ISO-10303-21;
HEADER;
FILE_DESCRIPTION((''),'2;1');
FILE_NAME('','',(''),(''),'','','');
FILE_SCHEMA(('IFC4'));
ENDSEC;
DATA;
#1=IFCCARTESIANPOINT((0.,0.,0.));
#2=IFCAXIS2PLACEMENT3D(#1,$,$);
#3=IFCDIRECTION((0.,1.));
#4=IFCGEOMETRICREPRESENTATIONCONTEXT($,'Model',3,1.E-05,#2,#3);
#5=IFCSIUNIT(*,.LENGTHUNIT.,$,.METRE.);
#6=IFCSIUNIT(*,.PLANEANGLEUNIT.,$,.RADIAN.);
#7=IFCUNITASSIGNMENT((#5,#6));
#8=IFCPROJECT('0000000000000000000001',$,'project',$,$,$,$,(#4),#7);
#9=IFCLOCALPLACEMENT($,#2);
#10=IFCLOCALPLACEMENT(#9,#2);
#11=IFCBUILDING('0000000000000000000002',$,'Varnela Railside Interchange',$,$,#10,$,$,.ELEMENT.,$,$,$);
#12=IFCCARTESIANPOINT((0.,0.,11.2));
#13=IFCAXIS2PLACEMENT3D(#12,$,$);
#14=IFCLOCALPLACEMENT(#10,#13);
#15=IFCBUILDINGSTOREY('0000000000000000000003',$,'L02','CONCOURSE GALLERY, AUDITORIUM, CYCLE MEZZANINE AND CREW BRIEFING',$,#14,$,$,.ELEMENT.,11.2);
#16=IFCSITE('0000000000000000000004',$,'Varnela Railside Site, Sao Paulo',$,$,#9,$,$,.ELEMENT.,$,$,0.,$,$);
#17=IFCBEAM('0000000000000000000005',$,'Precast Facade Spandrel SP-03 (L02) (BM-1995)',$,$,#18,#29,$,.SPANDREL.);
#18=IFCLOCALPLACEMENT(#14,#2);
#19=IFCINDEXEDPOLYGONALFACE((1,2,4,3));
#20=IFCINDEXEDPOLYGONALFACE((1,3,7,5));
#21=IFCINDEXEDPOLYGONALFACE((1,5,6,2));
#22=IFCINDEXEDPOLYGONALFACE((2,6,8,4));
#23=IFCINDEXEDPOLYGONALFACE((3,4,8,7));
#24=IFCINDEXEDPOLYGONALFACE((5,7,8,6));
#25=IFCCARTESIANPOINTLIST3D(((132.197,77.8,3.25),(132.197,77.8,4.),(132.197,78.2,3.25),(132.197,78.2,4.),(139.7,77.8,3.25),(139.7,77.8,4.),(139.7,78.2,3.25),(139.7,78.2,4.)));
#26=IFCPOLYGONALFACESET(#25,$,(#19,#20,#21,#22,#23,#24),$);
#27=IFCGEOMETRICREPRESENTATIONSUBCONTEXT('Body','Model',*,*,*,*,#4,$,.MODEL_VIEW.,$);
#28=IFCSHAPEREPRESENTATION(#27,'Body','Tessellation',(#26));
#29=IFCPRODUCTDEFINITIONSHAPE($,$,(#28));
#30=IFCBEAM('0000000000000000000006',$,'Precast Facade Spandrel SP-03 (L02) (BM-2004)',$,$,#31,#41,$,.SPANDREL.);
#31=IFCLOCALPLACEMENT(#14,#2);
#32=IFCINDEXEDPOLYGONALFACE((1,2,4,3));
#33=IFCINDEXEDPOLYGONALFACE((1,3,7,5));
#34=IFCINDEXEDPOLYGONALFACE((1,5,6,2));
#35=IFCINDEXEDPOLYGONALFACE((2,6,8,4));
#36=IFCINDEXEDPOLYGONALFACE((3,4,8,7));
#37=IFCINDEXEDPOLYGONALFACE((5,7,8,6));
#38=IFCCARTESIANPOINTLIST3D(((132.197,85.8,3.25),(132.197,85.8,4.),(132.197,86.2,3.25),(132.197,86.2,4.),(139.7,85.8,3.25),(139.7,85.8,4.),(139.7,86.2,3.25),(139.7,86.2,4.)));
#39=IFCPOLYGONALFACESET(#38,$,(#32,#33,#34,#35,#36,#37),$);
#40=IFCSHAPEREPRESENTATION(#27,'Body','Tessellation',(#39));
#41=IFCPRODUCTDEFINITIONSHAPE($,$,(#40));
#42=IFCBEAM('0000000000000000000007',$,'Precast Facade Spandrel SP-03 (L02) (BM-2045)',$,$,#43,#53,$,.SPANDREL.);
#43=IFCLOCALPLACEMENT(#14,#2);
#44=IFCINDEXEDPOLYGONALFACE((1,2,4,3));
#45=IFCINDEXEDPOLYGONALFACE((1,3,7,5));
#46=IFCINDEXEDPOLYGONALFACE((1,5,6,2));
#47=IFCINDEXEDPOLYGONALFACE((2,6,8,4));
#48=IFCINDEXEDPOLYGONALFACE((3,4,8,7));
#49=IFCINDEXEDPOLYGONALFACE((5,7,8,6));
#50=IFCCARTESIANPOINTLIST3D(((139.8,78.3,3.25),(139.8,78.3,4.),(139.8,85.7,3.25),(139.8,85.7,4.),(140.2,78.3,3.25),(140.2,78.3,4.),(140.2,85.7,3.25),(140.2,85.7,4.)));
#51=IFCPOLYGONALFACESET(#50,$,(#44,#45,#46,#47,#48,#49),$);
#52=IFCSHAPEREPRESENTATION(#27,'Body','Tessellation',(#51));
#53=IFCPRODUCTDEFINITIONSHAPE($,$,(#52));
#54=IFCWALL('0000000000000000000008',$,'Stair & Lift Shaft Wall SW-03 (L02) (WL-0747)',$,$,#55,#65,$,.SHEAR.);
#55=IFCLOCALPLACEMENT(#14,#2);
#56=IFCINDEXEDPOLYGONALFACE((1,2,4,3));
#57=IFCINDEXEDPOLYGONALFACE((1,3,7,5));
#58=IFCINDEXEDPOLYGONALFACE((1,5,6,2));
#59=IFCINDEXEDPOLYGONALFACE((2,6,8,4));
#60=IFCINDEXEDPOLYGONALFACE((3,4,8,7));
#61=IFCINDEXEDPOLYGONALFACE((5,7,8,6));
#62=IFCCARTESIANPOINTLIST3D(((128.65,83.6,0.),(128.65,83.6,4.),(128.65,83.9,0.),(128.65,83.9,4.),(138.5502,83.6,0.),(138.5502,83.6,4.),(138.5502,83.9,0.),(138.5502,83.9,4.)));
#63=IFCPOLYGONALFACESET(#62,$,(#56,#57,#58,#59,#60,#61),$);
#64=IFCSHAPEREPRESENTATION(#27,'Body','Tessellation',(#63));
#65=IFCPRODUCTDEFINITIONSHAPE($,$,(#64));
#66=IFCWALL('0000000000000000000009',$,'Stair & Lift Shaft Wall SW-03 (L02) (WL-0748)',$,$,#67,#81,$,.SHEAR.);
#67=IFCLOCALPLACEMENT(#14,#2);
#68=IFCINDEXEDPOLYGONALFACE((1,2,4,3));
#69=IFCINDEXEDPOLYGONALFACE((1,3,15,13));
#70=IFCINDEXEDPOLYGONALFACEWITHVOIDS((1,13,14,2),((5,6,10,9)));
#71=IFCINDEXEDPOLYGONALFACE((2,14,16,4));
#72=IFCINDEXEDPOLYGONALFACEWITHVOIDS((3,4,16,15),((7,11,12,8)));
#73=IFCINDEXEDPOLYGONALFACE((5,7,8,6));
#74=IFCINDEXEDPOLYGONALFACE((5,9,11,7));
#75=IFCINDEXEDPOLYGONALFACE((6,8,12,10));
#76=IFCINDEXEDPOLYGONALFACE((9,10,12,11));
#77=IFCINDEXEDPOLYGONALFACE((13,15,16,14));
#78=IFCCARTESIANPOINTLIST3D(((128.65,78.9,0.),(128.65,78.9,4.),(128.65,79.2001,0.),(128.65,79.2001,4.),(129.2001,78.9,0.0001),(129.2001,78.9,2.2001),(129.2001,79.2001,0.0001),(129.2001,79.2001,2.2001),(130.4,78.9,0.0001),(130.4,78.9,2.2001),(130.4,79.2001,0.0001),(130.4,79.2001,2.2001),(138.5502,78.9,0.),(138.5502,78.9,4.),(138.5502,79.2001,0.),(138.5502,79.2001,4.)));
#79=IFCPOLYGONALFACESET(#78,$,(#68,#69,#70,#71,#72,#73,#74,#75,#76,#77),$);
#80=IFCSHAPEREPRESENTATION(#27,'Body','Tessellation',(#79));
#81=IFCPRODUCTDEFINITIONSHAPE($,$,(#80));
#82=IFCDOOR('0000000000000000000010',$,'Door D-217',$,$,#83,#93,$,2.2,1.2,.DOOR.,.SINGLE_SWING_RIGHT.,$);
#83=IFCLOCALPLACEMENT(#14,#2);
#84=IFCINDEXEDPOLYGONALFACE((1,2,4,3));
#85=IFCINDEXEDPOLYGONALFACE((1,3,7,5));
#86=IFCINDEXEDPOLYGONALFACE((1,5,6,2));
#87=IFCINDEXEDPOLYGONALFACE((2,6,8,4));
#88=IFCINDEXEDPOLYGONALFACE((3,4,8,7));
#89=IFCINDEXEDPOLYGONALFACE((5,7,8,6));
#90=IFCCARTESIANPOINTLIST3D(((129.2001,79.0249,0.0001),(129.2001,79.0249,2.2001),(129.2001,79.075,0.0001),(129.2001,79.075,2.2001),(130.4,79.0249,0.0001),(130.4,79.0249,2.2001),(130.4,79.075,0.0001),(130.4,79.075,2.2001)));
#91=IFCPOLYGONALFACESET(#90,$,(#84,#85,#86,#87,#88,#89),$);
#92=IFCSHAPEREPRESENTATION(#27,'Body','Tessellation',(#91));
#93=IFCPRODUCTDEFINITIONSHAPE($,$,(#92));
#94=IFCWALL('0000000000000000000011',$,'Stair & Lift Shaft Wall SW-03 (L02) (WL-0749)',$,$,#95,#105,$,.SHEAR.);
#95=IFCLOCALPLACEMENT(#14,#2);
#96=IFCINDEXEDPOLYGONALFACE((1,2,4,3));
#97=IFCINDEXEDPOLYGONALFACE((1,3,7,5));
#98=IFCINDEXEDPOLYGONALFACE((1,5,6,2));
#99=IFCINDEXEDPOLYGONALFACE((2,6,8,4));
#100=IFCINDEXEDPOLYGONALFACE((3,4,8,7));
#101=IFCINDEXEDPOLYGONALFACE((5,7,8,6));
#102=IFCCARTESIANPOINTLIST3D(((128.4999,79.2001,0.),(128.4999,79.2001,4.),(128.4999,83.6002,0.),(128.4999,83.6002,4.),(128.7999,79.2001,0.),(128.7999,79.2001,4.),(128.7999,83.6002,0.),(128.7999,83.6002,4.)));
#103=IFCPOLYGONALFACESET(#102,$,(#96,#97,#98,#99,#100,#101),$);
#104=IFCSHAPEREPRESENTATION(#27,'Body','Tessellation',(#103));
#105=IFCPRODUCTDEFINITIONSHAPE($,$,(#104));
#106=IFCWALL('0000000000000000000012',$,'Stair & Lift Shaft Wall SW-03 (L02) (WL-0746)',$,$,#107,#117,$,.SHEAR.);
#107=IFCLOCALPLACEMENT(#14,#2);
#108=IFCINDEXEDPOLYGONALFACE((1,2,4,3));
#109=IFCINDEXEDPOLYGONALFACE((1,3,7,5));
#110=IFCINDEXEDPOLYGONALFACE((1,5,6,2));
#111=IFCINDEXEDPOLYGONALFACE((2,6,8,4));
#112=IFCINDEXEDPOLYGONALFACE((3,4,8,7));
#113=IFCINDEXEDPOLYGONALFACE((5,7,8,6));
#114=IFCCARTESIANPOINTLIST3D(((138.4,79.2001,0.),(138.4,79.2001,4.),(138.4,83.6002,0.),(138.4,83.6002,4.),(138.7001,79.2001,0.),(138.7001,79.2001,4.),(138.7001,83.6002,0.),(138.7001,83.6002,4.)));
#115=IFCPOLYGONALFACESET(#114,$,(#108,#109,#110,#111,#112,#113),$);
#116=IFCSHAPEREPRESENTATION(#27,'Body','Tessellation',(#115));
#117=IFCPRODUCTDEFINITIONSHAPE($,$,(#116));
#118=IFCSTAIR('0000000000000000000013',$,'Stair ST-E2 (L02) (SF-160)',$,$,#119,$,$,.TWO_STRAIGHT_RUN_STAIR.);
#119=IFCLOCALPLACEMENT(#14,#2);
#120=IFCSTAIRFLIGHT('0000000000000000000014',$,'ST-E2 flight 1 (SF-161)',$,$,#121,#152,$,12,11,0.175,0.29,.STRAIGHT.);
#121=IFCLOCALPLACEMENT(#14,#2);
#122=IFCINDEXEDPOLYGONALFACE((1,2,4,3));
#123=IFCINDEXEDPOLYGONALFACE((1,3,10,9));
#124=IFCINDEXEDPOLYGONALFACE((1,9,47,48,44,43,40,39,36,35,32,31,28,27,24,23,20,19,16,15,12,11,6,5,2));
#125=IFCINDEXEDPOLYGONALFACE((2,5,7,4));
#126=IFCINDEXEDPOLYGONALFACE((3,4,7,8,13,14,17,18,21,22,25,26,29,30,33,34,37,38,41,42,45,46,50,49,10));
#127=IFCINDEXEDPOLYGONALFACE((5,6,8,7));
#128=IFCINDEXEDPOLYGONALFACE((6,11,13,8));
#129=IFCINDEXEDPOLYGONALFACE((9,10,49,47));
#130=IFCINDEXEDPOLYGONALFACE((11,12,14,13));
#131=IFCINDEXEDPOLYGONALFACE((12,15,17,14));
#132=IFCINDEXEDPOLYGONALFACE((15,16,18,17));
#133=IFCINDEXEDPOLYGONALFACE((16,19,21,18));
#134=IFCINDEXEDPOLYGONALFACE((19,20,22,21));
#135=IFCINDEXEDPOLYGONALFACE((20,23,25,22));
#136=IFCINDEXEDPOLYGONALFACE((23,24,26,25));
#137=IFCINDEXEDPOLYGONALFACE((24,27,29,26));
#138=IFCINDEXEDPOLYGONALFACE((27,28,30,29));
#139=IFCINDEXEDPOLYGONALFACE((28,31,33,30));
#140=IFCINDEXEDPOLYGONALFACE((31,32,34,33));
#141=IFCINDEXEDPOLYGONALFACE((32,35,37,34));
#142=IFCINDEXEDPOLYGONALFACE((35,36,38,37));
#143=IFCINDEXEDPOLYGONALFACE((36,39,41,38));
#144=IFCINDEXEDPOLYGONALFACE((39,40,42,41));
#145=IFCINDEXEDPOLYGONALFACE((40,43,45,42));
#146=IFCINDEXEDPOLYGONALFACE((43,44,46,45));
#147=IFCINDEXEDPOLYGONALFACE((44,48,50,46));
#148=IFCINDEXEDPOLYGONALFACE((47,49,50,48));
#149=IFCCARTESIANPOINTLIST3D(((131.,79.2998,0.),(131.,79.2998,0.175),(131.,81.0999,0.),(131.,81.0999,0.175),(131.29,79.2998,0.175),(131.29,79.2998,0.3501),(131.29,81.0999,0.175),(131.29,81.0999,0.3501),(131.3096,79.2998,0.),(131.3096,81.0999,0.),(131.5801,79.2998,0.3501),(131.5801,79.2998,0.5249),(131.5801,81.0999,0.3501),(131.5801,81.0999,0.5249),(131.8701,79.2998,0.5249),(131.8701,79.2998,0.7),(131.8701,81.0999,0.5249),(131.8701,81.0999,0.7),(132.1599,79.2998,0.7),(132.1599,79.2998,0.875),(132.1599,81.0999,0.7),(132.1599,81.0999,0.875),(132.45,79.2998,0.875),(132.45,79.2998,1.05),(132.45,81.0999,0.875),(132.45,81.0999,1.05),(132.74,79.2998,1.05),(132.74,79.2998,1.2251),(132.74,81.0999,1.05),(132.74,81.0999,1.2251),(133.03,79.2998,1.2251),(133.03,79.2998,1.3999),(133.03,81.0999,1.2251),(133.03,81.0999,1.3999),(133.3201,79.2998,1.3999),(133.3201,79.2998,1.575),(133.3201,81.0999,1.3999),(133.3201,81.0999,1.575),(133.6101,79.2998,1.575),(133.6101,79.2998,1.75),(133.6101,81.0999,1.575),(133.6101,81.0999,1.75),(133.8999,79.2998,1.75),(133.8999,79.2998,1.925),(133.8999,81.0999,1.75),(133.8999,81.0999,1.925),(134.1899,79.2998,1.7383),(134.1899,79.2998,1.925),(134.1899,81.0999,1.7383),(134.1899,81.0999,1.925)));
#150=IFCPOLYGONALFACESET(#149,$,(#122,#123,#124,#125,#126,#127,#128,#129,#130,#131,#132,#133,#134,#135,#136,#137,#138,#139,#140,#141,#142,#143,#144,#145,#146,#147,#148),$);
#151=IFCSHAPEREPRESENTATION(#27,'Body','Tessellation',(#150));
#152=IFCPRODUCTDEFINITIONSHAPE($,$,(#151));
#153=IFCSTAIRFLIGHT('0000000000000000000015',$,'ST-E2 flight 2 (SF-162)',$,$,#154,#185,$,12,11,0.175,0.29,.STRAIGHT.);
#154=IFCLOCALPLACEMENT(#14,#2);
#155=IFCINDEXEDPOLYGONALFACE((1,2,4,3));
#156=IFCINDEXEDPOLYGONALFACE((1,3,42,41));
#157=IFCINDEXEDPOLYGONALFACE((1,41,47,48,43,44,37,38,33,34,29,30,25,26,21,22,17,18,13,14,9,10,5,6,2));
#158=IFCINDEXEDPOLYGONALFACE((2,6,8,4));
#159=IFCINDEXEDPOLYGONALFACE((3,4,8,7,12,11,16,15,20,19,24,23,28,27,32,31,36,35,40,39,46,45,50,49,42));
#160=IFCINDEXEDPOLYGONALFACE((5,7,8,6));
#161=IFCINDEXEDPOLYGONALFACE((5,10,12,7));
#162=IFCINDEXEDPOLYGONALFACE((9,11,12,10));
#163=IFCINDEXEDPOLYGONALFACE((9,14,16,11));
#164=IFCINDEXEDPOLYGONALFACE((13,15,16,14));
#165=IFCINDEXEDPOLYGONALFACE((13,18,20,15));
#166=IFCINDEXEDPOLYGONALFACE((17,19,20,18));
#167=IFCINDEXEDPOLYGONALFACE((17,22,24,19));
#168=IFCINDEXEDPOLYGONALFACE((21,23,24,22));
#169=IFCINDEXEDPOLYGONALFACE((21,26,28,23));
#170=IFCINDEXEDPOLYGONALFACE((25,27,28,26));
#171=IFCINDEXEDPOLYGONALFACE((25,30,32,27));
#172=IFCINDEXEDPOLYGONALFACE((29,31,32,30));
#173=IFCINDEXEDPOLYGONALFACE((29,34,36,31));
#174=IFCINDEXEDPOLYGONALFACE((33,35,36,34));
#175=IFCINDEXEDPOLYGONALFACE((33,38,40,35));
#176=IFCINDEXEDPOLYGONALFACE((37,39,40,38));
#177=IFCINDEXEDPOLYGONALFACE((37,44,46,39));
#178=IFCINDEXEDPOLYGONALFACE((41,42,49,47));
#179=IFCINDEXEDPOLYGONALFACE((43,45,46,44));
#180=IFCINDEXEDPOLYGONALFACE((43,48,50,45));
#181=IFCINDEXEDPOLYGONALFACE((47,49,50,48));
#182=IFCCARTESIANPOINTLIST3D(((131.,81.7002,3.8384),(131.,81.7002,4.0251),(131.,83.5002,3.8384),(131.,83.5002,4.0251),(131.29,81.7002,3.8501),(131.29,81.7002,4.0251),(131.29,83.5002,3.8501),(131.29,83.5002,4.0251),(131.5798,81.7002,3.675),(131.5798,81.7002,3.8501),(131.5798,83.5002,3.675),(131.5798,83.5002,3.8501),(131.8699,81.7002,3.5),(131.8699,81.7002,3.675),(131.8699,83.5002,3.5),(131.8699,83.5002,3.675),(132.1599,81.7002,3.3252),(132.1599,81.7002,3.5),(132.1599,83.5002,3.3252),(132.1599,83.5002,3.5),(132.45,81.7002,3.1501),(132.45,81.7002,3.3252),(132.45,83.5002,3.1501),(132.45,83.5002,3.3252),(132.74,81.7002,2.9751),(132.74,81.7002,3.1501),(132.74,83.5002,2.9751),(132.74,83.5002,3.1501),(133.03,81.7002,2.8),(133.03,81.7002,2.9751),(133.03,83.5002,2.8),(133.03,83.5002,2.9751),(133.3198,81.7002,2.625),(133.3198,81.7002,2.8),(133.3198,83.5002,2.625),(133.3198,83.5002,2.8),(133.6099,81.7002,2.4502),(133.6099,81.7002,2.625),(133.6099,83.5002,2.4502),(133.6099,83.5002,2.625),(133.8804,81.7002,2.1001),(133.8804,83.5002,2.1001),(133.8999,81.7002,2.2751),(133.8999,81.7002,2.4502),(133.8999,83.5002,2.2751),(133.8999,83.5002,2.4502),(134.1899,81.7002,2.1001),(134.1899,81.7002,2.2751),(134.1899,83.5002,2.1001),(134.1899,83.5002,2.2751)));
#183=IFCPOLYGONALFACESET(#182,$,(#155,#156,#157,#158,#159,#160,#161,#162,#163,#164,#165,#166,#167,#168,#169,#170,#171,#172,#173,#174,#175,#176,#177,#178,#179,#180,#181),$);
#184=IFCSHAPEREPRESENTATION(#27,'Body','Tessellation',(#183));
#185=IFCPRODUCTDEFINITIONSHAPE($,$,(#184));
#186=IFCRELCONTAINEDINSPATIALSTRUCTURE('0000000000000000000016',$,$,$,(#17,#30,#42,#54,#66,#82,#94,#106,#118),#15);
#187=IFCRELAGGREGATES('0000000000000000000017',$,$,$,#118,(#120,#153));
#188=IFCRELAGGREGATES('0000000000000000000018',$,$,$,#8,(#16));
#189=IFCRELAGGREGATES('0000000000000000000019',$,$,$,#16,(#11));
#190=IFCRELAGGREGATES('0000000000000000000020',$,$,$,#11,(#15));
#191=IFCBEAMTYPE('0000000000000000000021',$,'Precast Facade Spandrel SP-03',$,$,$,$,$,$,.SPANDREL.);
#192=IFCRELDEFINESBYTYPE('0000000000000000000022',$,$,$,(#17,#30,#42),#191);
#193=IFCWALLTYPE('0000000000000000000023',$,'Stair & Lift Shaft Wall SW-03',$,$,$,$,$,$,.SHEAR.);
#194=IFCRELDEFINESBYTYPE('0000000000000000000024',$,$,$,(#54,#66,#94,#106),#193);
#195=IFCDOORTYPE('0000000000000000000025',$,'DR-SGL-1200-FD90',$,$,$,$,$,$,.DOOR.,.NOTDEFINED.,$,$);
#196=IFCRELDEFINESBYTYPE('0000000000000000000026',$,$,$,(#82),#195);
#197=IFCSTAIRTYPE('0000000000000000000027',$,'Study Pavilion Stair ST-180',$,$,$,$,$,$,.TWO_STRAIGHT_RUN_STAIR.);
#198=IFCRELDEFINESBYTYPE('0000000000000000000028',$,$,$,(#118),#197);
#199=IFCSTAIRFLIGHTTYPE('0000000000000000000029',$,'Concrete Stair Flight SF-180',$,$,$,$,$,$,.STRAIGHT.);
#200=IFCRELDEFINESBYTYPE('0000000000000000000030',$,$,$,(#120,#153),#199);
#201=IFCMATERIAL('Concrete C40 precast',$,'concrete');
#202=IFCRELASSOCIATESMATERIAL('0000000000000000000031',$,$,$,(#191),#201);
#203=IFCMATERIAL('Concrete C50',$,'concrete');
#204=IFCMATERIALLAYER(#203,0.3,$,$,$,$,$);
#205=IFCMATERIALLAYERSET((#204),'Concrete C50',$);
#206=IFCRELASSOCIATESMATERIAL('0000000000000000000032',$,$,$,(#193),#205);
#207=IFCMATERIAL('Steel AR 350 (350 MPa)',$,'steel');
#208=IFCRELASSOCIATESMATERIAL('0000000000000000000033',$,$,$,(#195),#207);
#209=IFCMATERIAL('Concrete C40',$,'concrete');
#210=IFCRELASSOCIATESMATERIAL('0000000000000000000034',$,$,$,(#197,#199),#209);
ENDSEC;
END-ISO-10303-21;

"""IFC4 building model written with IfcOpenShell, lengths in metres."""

from ifc_helpers import new_model, si_unit, direction, frame, frame_2d, origin, origin_2d, place, context, subcontext, project, spatial, polyline, rectangle, outline, extrude, material, layer, layer_set, material_profile, profile_set, type_object, element, fill, aggregate, save


model = new_model("IFC4")

# Units and contexts
model_context = context("Model", 3, precision=1e-05, world=origin(), true_north=direction((0.0, 1.0)))
body_context = subcontext(model_context, "Body", "Model", "MODEL_VIEW")
ifc_project = project(units=[si_unit("LENGTHUNIT", "METRE"), si_unit("PLANEANGLEUNIT", "RADIAN")], contexts=[model_context])

# Site, building, storey
site_placement = place(None, origin())
site = spatial("IfcSite", under=ifc_project, at=site_placement, Name="Varnela Railside Site, Sao Paulo", CompositionType="ELEMENT", RefElevation=0.0)
building_placement = place(site_placement, origin())
building = spatial("IfcBuilding", under=site, at=building_placement, Name="Varnela Railside Interchange", CompositionType="ELEMENT")
storey_placement = place(building_placement, frame((0.0, 0.0, 11.2)))
storey = spatial("IfcBuildingStorey", under=building, at=storey_placement, Name="L02", Description="CONCOURSE GALLERY, AUDITORIUM, CYCLE MEZZANINE AND CREW BRIEFING", CompositionType="ELEMENT", Elevation=11.2)

# Shared definitions
ifc_material_1 = material(Name="Concrete C50", Category="concrete")
ifc_material_2 = material(Name="Steel AR 350 (350 MPa)", Category="steel")

# Beams
ifc_material_3 = material(Name="Concrete C40", Category="concrete")
ifc_material_4 = material(Name="Concrete C40 precast", Category="concrete")
ifc_material_profile_1 = material_profile(ifc_material_4, rectangle(XDim=0.3999, YDim=0.75, at=origin_2d()), Name="PC 400x750")
ifc_profile_set_1 = profile_set([ifc_material_profile_1], Name="Concrete C40 precast")
beam_type_1 = type_object("IfcBeamType", Name="Precast Facade Spandrel SP-03", PredefinedType="SPANDREL", material=ifc_profile_set_1)
for number, where, z_axis, x_axis, name in (
    (1, (132.197, 78.0, 3.625), (1.0, 0.0, 0.0), (0.0, 1.0, 0.0), "Precast Facade Spandrel SP-03 (L02) (BM-1995)"),
    (2, (132.197, 86.0, 3.625), (1.0, 0.0, 0.0), (0.0, 1.0, 0.0), "Precast Facade Spandrel SP-03 (L02) (BM-2004)"),
):
    element("IfcBeam", number, at=place(storey_placement, frame(where, z_axis=z_axis, x_axis=x_axis)), inside=storey, type_object=beam_type_1, Name=name, PredefinedType="SPANDREL", context=body_context, shape_type="SweptSolid", body=[
        extrude(rectangle(XDim=0.3999, YDim=0.75, at=origin_2d()), origin(), (0.0, 0.0, 1.0), 7.5029),
    ])
beam_1_placement = place(storey_placement, frame((140.0, 78.3, 3.625), z_axis=(0.0, 1.0, 0.0), x_axis=(-1.0, 0.0, 0.0)))
element("IfcBeam", 3, at=beam_1_placement, inside=storey, type_object=beam_type_1, Name="Precast Facade Spandrel SP-03 (L02) (BM-2045)", PredefinedType="SPANDREL", context=body_context, shape_type="SweptSolid", body=[
    extrude(rectangle(XDim=0.3999, YDim=0.75, at=origin_2d()), origin(), (0.0, 0.0, 1.0), 7.3999),
])

# Wall
ifc_layer = layer(ifc_material_1, 0.3)
ifc_layer_set = layer_set([ifc_layer], Name="Concrete C50")
wall_type = type_object("IfcWallType", Name="Stair & Lift Shaft Wall SW-03", PredefinedType="SHEAR", material=ifc_layer_set)
wall_1_placement = place(storey_placement, frame((128.6499, 83.75, 0.0), z_axis=(0.0, 0.0, 1.0), x_axis=(1.0, 0.0, 0.0)))
element("IfcWall", 4, at=wall_1_placement, inside=storey, type_object=wall_type, Name="Stair & Lift Shaft Wall SW-03 (L02) (WL-0747)", PredefinedType="SHEAR", context=body_context, shape_type="SweptSolid", body=[
    extrude(rectangle(XDim=9.9001, YDim=0.3, at=frame_2d((4.9502, 0.0))), origin(), (0.0, 0.0, 1.0), 4.0),
])

# Wall, opening, door
wall_2_placement = place(storey_placement, frame((128.6499, 79.05, 0.0), z_axis=(0.0, 0.0, 1.0), x_axis=(1.0, 0.0, 0.0)))
wall_2 = element("IfcWall", 5, at=wall_2_placement, inside=storey, type_object=wall_type, Name="Stair & Lift Shaft Wall SW-03 (L02) (WL-0748)", PredefinedType="SHEAR", context=body_context, shape_type="SweptSolid", body=[
    extrude(rectangle(XDim=9.9001, YDim=0.3, at=frame_2d((4.9502, 0.0))), origin(), (0.0, 0.0, 1.0), 4.0),
])
opening_placement = place(wall_2_placement, frame((0.55, 0.0, 0.0)))
opening = element("IfcOpeningElement", 6, at=opening_placement, cuts=wall_2, PredefinedType="OPENING", context=body_context, shape_type="SweptSolid", body=[
    extrude(rectangle(XDim=1.2, YDim=2.2, at=frame_2d((0.6001, 1.1001))), frame((0.0, 0.1599, 0.0), z_axis=(0.0, -1.0, 0.0), x_axis=(1.0, 0.0, 0.0)), (0.0, 0.0, 1.0), 0.3201),
])
door_type = type_object("IfcDoorType", Name="DR-SGL-1200-FD90", OperationType="NOTDEFINED", PredefinedType="DOOR", material=ifc_material_2)
door_placement = place(opening_placement, origin())
door = element("IfcDoor", 7, at=door_placement, inside=storey, type_object=door_type, Name="Door D-217", OperationType="SINGLE_SWING_RIGHT", OverallHeight=2.2, OverallWidth=1.2, PredefinedType="DOOR", context=body_context, shape_type="SweptSolid", body=[
    extrude(rectangle(XDim=1.2, YDim=2.2, at=frame_2d((0.6001, 1.1001))), frame((0.0, 0.0249, 0.0), z_axis=(0.0, -1.0, 0.0), x_axis=(1.0, 0.0, 0.0)), (0.0, 0.0, 1.0), 0.05),
])
fill(opening, door)

# Walls
for number, where, z_axis, x_axis, name in (
    (8, (128.6499, 79.2, 0.0), (0.0, 0.0, 1.0), (0.0, 1.0, 0.0), "Stair & Lift Shaft Wall SW-03 (L02) (WL-0749)"),
    (9, (138.55, 79.2, 0.0), (0.0, 0.0, 1.0), (0.0, 1.0, 0.0), "Stair & Lift Shaft Wall SW-03 (L02) (WL-0746)"),
):
    element("IfcWall", number, at=place(storey_placement, frame(where, z_axis=z_axis, x_axis=x_axis)), inside=storey, type_object=wall_type, Name=name, PredefinedType="SHEAR", context=body_context, shape_type="SweptSolid", body=[
        extrude(rectangle(XDim=4.4001, YDim=0.3, at=frame_2d((2.2002, 0.0))), origin(), (0.0, 0.0, 1.0), 4.0),
    ])

# Stair, stair flights
stair_type = type_object("IfcStairType", Name="Study Pavilion Stair ST-180", PredefinedType="TWO_STRAIGHT_RUN_STAIR", material=ifc_material_3)
stair_placement = place(storey_placement, origin())
stair = element("IfcStair", 10, at=stair_placement, inside=storey, type_object=stair_type, Name="Stair ST-E2 (L02) (SF-160)", PredefinedType="TWO_STRAIGHT_RUN_STAIR")
stair_flight_type = type_object("IfcStairFlightType", Name="Concrete Stair Flight SF-180", PredefinedType="STRAIGHT", material=ifc_material_3)
stair_flight_1_placement = place(storey_placement, frame((131.0, 80.2, 0.0), z_axis=(0.0, 0.0, 1.0), x_axis=(1.0, 0.0, 0.0)))
stair_flight_1 = element("IfcStairFlight", 11, at=stair_flight_1_placement, type_object=stair_flight_type, Name="ST-E2 flight 1 (SF-161)", NumberOfRisers=12, NumberOfTreads=11, PredefinedType="STRAIGHT", RiserHeight=0.175, TreadLength=0.29, context=body_context, shape_type="SweptSolid", body=[
    extrude(outline(polyline([(0.0, 0.0), (0.0, 0.175), (0.29, 0.175), (0.29, 0.3501), (0.5801, 0.3501), (0.5801, 0.5249), (0.8701, 0.5249), (0.8701, 0.7), (1.1599, 0.7), (1.1599, 0.875), (1.45, 0.875), (1.45, 1.05), (1.74, 1.05), (1.74, 1.2251), (2.03, 1.2251), (2.03, 1.3999), (2.3201, 1.3999), (2.3201, 1.575), (2.6101, 1.575), (2.6101, 1.75), (2.8999, 1.75), (2.8999, 1.925), (3.1899, 1.925), (3.1899, 2.1001), (3.1899, 1.7383), (0.3096, 0.0), (0.0, 0.0)])), frame((0.0, 0.8999, 0.0), z_axis=(0.0, -1.0, 0.0), x_axis=(1.0, 0.0, 0.0)), (0.0, 0.0, 1.0), 1.8),
])
stair_flight_2_placement = place(storey_placement, frame((134.1899, 82.6001, 2.1001), z_axis=(0.0, 0.0, 1.0), x_axis=(-1.0, 0.0, 0.0)))
stair_flight_2 = element("IfcStairFlight", 12, at=stair_flight_2_placement, type_object=stair_flight_type, Name="ST-E2 flight 2 (SF-162)", NumberOfRisers=12, NumberOfTreads=11, PredefinedType="STRAIGHT", RiserHeight=0.175, TreadLength=0.29, context=body_context, shape_type="SweptSolid", body=[
    extrude(outline(polyline([(0.0, 0.0), (0.0, 0.175), (0.29, 0.175), (0.29, 0.3501), (0.5801, 0.3501), (0.5801, 0.5249), (0.8701, 0.5249), (0.8701, 0.7), (1.1599, 0.7), (1.1599, 0.875), (1.45, 0.875), (1.45, 1.05), (1.74, 1.05), (1.74, 1.2251), (2.03, 1.2251), (2.03, 1.3999), (2.3201, 1.3999), (2.3201, 1.575), (2.6101, 1.575), (2.6101, 1.75), (2.8999, 1.75), (2.8999, 1.925), (3.1899, 1.925), (3.1899, 2.1001), (3.1899, 1.7383), (0.3096, 0.0), (0.0, 0.0)])), frame((0.0, 0.8999, 0.0), z_axis=(0.0, -1.0, 0.0), x_axis=(1.0, 0.0, 0.0)), (0.0, 0.0, 1.0), 1.8),
])
aggregate(stair, [stair_flight_1, stair_flight_2])

save(model, "model.ifc")
